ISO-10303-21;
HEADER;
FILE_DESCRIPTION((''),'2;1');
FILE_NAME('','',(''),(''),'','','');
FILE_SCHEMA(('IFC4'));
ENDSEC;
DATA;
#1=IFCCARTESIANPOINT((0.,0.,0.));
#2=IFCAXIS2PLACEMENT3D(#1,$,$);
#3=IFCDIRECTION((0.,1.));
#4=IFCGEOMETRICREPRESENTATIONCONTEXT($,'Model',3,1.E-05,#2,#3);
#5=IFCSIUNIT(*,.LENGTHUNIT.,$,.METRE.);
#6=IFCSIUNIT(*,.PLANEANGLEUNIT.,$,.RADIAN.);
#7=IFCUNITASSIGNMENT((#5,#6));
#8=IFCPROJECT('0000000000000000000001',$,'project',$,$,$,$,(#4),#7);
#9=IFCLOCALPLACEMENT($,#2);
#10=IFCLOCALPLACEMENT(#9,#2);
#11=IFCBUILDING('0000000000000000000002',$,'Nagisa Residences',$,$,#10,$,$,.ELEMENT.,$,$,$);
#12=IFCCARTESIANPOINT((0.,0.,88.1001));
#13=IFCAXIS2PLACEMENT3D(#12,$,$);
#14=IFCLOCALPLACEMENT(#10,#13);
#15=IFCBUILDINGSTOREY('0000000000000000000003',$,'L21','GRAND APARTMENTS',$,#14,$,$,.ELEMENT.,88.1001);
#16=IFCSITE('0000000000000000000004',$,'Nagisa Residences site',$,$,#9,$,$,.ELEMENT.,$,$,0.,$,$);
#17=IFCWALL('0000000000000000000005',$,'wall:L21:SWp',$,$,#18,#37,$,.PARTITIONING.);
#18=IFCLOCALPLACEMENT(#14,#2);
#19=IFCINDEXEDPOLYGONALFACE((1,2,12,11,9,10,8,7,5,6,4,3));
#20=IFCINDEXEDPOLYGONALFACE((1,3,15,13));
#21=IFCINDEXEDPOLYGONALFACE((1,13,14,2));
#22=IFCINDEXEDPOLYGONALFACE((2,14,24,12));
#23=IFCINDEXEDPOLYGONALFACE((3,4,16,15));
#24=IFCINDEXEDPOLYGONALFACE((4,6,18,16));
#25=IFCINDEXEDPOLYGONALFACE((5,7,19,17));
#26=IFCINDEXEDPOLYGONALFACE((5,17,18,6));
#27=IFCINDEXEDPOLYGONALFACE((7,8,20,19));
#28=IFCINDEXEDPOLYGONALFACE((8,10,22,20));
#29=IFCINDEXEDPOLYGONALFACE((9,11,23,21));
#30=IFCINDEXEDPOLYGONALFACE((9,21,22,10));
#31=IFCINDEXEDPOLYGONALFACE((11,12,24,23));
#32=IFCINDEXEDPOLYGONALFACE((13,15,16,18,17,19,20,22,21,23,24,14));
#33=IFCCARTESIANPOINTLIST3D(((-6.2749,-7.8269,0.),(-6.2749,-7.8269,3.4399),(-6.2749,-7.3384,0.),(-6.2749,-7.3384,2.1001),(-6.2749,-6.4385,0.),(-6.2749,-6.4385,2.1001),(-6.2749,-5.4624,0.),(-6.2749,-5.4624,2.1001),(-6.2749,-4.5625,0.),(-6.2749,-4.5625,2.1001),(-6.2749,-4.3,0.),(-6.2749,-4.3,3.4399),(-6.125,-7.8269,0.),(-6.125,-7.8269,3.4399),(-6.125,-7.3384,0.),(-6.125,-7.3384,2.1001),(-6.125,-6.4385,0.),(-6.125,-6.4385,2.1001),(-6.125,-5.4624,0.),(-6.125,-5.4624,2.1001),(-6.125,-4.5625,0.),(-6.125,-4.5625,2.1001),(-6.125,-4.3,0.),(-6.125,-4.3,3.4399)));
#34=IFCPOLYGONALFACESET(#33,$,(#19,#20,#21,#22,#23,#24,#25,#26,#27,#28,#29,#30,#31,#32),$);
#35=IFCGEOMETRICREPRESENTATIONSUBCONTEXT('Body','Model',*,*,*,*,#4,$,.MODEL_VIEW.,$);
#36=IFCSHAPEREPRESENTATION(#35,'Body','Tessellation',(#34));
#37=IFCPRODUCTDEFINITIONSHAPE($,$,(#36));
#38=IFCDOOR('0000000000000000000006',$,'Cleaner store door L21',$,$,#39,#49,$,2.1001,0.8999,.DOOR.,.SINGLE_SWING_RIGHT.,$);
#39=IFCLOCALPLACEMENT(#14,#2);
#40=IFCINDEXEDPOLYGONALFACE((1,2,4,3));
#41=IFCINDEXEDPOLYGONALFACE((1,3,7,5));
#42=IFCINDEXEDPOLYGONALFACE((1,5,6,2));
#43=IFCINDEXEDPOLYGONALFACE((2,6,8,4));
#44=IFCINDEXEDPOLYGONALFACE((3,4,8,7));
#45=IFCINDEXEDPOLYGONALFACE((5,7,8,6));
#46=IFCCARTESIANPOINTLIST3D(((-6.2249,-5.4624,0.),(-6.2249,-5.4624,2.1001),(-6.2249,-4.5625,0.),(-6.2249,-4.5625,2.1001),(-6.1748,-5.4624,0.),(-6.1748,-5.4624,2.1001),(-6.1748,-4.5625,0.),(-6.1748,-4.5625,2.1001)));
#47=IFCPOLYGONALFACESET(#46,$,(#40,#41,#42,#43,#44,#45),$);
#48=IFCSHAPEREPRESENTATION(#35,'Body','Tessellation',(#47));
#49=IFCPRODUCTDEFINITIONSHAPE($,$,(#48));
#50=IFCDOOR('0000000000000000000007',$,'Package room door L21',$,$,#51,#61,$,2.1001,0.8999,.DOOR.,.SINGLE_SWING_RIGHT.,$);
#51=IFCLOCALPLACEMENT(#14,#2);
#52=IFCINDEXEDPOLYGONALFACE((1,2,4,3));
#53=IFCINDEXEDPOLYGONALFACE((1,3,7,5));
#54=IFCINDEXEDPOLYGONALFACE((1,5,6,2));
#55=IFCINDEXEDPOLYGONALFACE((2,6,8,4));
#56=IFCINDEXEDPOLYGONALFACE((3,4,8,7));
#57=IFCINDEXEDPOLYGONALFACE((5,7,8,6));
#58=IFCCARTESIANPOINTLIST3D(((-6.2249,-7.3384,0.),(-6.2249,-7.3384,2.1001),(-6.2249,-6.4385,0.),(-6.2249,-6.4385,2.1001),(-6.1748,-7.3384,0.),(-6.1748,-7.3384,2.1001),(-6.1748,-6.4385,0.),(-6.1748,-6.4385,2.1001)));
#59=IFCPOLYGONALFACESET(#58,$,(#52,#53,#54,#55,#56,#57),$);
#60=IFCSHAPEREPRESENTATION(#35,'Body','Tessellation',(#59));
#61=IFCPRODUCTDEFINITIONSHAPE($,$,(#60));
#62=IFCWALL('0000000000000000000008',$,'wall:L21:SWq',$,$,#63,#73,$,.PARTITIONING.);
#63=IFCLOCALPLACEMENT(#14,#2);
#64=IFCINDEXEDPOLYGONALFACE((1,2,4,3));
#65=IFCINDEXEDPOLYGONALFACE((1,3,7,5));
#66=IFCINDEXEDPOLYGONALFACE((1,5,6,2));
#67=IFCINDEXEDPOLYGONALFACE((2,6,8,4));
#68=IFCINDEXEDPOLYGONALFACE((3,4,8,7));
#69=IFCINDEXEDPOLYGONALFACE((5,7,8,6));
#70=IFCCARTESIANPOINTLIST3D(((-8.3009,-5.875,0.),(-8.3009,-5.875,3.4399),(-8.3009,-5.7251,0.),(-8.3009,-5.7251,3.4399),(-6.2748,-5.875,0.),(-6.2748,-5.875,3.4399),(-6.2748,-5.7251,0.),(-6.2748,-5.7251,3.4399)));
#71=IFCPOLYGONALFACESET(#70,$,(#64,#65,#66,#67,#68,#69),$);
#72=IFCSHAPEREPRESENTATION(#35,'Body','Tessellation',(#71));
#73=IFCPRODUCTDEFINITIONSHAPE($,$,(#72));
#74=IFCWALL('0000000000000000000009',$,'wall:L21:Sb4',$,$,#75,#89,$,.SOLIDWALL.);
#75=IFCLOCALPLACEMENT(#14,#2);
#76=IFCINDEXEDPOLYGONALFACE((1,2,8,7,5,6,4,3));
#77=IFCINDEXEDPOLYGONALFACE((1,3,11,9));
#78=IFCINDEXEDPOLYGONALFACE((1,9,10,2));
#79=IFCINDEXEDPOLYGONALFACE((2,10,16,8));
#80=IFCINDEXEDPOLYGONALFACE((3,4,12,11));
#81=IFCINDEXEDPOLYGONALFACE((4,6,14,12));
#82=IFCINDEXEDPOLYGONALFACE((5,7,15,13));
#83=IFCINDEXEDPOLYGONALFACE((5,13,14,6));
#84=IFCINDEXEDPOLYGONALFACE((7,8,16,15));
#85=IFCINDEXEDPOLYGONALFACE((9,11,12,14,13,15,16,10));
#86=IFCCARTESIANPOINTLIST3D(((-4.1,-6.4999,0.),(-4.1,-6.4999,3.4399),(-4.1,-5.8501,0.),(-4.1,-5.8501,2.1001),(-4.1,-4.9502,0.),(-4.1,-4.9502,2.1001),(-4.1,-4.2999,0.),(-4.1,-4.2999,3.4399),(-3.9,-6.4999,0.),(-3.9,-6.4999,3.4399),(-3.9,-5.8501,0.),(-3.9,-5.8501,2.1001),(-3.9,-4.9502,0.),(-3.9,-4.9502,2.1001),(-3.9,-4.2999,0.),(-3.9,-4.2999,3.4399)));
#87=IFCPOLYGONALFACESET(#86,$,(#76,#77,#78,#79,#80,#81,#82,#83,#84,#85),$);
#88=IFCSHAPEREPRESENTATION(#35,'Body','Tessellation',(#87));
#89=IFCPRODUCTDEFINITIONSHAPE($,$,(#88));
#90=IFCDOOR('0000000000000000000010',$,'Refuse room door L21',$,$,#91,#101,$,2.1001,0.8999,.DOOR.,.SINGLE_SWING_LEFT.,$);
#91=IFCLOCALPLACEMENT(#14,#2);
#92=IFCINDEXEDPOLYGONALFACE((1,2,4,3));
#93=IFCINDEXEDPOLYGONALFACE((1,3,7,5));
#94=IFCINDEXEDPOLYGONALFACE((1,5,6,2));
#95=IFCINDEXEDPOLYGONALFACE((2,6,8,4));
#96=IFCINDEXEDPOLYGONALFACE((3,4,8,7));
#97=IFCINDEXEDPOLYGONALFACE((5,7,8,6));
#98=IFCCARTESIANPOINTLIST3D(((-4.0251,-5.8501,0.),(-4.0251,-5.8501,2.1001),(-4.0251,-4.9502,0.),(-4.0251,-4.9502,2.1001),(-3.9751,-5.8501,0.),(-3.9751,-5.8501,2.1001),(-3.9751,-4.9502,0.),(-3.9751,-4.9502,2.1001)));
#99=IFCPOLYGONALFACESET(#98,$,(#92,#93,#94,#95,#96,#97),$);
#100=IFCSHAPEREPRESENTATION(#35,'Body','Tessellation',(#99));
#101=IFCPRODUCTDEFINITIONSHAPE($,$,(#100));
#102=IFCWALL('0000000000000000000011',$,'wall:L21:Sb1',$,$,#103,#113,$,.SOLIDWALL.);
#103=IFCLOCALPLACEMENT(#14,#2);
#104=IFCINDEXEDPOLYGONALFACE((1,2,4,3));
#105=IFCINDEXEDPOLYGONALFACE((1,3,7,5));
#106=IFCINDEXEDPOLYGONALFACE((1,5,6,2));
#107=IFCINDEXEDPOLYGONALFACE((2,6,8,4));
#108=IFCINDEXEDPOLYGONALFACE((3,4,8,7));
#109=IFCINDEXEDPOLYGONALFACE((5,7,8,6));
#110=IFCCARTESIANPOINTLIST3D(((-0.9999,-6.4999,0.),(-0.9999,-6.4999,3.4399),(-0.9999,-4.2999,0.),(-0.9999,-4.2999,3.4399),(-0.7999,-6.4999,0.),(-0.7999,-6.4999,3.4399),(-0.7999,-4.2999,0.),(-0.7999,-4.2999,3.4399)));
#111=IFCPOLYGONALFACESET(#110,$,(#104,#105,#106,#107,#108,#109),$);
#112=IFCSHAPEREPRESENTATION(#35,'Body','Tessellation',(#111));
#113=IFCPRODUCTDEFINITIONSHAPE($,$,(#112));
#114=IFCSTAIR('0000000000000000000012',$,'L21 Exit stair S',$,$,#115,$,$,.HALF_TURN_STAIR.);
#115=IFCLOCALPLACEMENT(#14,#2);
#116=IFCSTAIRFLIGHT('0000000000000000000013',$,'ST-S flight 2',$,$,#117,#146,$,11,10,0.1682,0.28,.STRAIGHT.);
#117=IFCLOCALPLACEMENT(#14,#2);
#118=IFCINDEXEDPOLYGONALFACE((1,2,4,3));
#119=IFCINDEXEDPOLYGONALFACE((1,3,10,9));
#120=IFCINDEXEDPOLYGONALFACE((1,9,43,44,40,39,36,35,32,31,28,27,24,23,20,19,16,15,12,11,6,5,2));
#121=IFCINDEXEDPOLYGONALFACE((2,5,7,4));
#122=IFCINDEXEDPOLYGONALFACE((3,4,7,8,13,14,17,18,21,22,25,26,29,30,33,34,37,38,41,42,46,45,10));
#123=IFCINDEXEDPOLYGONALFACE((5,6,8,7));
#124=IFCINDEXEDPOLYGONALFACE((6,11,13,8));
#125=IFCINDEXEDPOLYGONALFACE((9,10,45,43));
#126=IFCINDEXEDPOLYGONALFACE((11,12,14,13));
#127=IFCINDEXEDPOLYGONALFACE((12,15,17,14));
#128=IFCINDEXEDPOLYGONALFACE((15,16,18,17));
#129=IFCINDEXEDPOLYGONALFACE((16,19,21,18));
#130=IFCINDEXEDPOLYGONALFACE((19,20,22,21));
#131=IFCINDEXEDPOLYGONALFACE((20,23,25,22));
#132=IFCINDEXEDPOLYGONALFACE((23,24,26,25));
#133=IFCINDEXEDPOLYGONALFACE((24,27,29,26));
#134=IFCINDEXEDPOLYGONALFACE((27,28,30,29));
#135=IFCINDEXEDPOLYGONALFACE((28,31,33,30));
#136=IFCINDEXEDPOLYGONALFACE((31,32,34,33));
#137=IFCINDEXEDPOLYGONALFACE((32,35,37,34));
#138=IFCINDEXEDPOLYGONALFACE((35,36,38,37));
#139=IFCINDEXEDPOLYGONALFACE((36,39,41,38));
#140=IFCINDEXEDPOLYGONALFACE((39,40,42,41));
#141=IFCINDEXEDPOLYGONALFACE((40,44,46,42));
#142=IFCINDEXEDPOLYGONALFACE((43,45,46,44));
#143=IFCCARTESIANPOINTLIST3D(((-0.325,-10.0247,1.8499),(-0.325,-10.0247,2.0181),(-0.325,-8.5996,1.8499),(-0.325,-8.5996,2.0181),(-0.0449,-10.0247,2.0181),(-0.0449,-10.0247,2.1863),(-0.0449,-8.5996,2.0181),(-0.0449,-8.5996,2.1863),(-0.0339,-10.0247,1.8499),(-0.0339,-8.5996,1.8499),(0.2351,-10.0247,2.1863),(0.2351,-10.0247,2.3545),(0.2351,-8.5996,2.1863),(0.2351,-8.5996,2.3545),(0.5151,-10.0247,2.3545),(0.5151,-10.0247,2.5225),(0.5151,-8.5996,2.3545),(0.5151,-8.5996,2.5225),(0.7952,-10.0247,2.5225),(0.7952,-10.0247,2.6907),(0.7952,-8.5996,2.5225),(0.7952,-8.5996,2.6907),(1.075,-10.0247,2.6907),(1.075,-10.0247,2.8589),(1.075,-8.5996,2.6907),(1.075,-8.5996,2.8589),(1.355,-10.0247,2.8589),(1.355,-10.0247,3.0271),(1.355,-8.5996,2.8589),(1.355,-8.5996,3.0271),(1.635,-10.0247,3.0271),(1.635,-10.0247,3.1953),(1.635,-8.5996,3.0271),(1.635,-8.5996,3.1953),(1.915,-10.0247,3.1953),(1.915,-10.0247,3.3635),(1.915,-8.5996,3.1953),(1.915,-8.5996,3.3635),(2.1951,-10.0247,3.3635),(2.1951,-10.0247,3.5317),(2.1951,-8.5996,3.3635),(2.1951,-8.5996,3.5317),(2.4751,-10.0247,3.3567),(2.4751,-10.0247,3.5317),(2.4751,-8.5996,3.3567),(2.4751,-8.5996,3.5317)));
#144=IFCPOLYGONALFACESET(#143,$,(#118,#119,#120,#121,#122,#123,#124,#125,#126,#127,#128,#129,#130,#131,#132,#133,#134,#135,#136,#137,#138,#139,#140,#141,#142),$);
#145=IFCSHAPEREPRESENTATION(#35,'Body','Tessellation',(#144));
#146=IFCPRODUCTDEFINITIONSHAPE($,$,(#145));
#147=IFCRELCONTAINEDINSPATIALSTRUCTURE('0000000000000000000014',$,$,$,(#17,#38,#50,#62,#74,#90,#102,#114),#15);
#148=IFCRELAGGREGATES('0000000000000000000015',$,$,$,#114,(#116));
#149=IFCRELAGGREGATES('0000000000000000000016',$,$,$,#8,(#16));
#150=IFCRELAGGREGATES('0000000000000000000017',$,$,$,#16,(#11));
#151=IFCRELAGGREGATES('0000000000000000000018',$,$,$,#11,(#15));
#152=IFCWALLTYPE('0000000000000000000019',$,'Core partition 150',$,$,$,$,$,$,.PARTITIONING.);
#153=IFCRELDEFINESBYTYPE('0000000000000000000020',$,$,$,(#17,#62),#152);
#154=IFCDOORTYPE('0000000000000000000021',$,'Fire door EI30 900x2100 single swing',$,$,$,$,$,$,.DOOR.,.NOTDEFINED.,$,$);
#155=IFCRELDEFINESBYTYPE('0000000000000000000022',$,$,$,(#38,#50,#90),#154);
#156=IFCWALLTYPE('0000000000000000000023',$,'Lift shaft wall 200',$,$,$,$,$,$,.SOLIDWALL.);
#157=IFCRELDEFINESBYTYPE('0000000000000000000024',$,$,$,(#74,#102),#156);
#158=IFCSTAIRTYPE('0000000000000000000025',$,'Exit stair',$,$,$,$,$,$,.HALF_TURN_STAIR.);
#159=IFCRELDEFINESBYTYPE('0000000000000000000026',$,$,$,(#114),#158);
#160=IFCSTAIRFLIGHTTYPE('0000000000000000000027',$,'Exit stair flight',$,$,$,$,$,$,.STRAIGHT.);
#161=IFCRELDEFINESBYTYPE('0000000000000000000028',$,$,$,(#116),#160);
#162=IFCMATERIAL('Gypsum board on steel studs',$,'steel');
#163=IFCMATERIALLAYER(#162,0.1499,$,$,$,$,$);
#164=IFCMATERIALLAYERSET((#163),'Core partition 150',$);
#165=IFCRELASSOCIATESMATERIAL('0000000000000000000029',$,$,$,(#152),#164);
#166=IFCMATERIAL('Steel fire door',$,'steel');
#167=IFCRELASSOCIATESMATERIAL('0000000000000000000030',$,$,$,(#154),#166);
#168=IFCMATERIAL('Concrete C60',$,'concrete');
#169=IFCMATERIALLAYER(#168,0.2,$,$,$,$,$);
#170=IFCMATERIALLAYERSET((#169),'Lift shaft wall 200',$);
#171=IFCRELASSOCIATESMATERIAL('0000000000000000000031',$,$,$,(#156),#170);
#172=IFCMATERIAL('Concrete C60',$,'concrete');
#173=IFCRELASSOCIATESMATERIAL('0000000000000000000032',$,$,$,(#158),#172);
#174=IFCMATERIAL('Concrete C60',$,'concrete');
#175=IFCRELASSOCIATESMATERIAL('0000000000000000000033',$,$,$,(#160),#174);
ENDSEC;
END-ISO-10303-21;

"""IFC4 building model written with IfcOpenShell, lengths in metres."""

from ifc_helpers import new_model, si_unit, direction, frame, frame_2d, origin, place, context, subcontext, project, spatial, polyline, rectangle, outline, extrude, material, layer, layer_set, type_object, element, fill, aggregate, save


model = new_model("IFC4")

# Units and contexts
model_context = context("Model", 3, precision=1e-05, world=origin(), true_north=direction((0.0, 1.0)))
body_context = subcontext(model_context, "Body", "Model", "MODEL_VIEW")
ifc_project = project(units=[si_unit("LENGTHUNIT", "METRE"), si_unit("PLANEANGLEUNIT", "RADIAN")], contexts=[model_context])

# Site, building, storey
site_placement = place(None, origin())
site = spatial("IfcSite", under=ifc_project, at=site_placement, Name="Nagisa Residences site", CompositionType="ELEMENT", RefElevation=0.0)
building_placement = place(site_placement, origin())
building = spatial("IfcBuilding", under=site, at=building_placement, Name="Nagisa Residences", CompositionType="ELEMENT")
storey_placement = place(building_placement, frame((0.0, 0.0, 88.1001)))
storey = spatial("IfcBuildingStorey", under=building, at=storey_placement, Name="L21", Description="GRAND APARTMENTS", CompositionType="ELEMENT", Elevation=88.1001)

# Wall, openings, doors
ifc_material_1 = material(Name="Gypsum board on steel studs", Category="steel")
ifc_layer_1 = layer(ifc_material_1, 0.1499)
ifc_layer_set_1 = layer_set([ifc_layer_1], Name="Core partition 150")
wall_type_1 = type_object("IfcWallType", Name="Core partition 150", PredefinedType="PARTITIONING", material=ifc_layer_set_1)
wall_1_placement = place(storey_placement, frame((-6.2, -7.8269, 0.0), z_axis=(0.0, 0.0, 1.0), x_axis=(0.0, 1.0, 0.0)))
wall_1 = element("IfcWall", 1, at=wall_1_placement, inside=storey, type_object=wall_type_1, Name="wall:L21:SWp", PredefinedType="PARTITIONING", context=body_context, shape_type="SweptSolid", body=[
    extrude(rectangle(XDim=3.5269, YDim=0.1499, at=frame_2d((1.7634, 0.0))), origin(), (0.0, 0.0, 1.0), 3.4399),
])
opening_1_placement = place(wall_1_placement, frame((2.3645, 0.0, 0.0)))
opening_1 = element("IfcOpeningElement", 2, at=opening_1_placement, cuts=wall_1, PredefinedType="OPENING", context=body_context, shape_type="SweptSolid", body=[
    extrude(rectangle(XDim=0.8999, YDim=2.1001, at=frame_2d((0.45, 1.05))), frame((0.0, 0.085, 0.0), z_axis=(0.0, -1.0, 0.0), x_axis=(1.0, 0.0, 0.0)), (0.0, 0.0, 1.0), 0.1699),
])
opening_2_placement = place(wall_1_placement, frame((0.4885, 0.0, 0.0)))
opening_2 = element("IfcOpeningElement", 3, at=opening_2_placement, cuts=wall_1, PredefinedType="OPENING", context=body_context, shape_type="SweptSolid", body=[
    extrude(rectangle(XDim=0.8999, YDim=2.1001, at=frame_2d((0.45, 1.05))), frame((0.0, 0.085, 0.0), z_axis=(0.0, -1.0, 0.0), x_axis=(1.0, 0.0, 0.0)), (0.0, 0.0, 1.0), 0.1699),
])
ifc_material_2 = material(Name="Steel fire door", Category="steel")
door_type_1 = type_object("IfcDoorType", Name="Fire door EI30 900x2100 single swing", OperationType="NOTDEFINED", PredefinedType="DOOR", material=ifc_material_2)
door_1_placement = place(opening_1_placement, origin())
door_1 = element("IfcDoor", 4, at=door_1_placement, inside=storey, type_object=door_type_1, Name="Cleaner store door L21", OperationType="SINGLE_SWING_RIGHT", OverallHeight=2.1001, OverallWidth=0.8999, PredefinedType="DOOR", context=body_context, shape_type="SweptSolid", body=[
    extrude(rectangle(XDim=0.8999, YDim=2.1001, at=frame_2d((0.45, 1.05))), frame((0.0, 0.0249, 0.0), z_axis=(0.0, -1.0, 0.0), x_axis=(1.0, 0.0, 0.0)), (0.0, 0.0, 1.0), 0.05),
])
fill(opening_1, door_1)
door_2_placement = place(opening_2_placement, origin())
door_2 = element("IfcDoor", 5, at=door_2_placement, inside=storey, type_object=door_type_1, Name="Package room door L21", OperationType="SINGLE_SWING_RIGHT", OverallHeight=2.1001, OverallWidth=0.8999, PredefinedType="DOOR", context=body_context, shape_type="SweptSolid", body=[
    extrude(rectangle(XDim=0.8999, YDim=2.1001, at=frame_2d((0.45, 1.05))), frame((0.0, 0.0249, 0.0), z_axis=(0.0, -1.0, 0.0), x_axis=(1.0, 0.0, 0.0)), (0.0, 0.0, 1.0), 0.05),
])
fill(opening_2, door_2)

# Wall
wall_2_placement = place(storey_placement, frame((-8.301, -5.8, 0.0), z_axis=(0.0, 0.0, 1.0), x_axis=(1.0, 0.0, 0.0)))
element("IfcWall", 6, at=wall_2_placement, inside=storey, type_object=wall_type_1, Name="wall:L21:SWq", PredefinedType="PARTITIONING", context=body_context, shape_type="SweptSolid", body=[
    extrude(rectangle(XDim=2.0261, YDim=0.1499, at=frame_2d((1.0132, 0.0))), origin(), (0.0, 0.0, 1.0), 3.4399),
])

# Wall, opening, door
ifc_material_3 = material(Name="Concrete C60", Category="concrete")
ifc_layer_2 = layer(ifc_material_3, 0.2)
ifc_layer_set_2 = layer_set([ifc_layer_2], Name="Lift shaft wall 200")
wall_type_2 = type_object("IfcWallType", Name="Lift shaft wall 200", PredefinedType="SOLIDWALL", material=ifc_layer_set_2)
wall_3_placement = place(storey_placement, frame((-4.0, -6.5, 0.0), z_axis=(0.0, 0.0, 1.0), x_axis=(0.0, 1.0, 0.0)))
wall_3 = element("IfcWall", 7, at=wall_3_placement, inside=storey, type_object=wall_type_2, Name="wall:L21:Sb4", PredefinedType="SOLIDWALL", context=body_context, shape_type="SweptSolid", body=[
    extrude(rectangle(XDim=2.2, YDim=0.2, at=frame_2d((1.1001, 0.0))), origin(), (0.0, 0.0, 1.0), 3.4399),
])
opening_3_placement = place(wall_3_placement, frame((0.6499, 0.0, 0.0)))
opening_3 = element("IfcOpeningElement", 8, at=opening_3_placement, cuts=wall_3, PredefinedType="OPENING", context=body_context, shape_type="SweptSolid", body=[
    extrude(rectangle(XDim=0.8999, YDim=2.1001, at=frame_2d((0.45, 1.05))), frame((0.0, 0.1099, 0.0), z_axis=(0.0, -1.0, 0.0), x_axis=(1.0, 0.0, 0.0)), (0.0, 0.0, 1.0), 0.22),
])
door_3_placement = place(opening_3_placement, frame((0.8999, 0.0, 0.0), x_axis=(-1.0, 0.0, 0.0)))
door_3 = element("IfcDoor", 9, at=door_3_placement, inside=storey, type_object=door_type_1, Name="Refuse room door L21", OperationType="SINGLE_SWING_LEFT", OverallHeight=2.1001, OverallWidth=0.8999, PredefinedType="DOOR", context=body_context, shape_type="SweptSolid", body=[
    extrude(rectangle(XDim=0.8999, YDim=2.1001, at=frame_2d((0.45, 1.05))), frame((0.0, 0.0249, 0.0), z_axis=(0.0, -1.0, 0.0), x_axis=(1.0, 0.0, 0.0)), (0.0, 0.0, 1.0), 0.05),
])
fill(opening_3, door_3)

# Wall
wall_4_placement = place(storey_placement, frame((-0.8999, -6.5, 0.0), z_axis=(0.0, 0.0, 1.0), x_axis=(0.0, 1.0, 0.0)))
element("IfcWall", 10, at=wall_4_placement, inside=storey, type_object=wall_type_2, Name="wall:L21:Sb1", PredefinedType="SOLIDWALL", context=body_context, shape_type="SweptSolid", body=[
    extrude(rectangle(XDim=2.2, YDim=0.2, at=frame_2d((1.1001, 0.0))), origin(), (0.0, 0.0, 1.0), 3.4399),
])

# Stair, stair flight
ifc_material_4 = material(Name="Concrete C60", Category="concrete")
stair_type = type_object("IfcStairType", Name="Exit stair", PredefinedType="HALF_TURN_STAIR", material=ifc_material_4)
stair_placement = place(storey_placement, origin())
stair = element("IfcStair", 11, at=stair_placement, inside=storey, type_object=stair_type, Name="L21 Exit stair S", PredefinedType="HALF_TURN_STAIR")
ifc_material_5 = material(Name="Concrete C60", Category="concrete")
stair_flight_type = type_object("IfcStairFlightType", Name="Exit stair flight", PredefinedType="STRAIGHT", material=ifc_material_5)
stair_flight_placement = place(storey_placement, frame((-0.325, -9.312, 1.8499), z_axis=(0.0, 0.0, 1.0), x_axis=(1.0, 0.0, 0.0)))
stair_flight = element("IfcStairFlight", 12, at=stair_flight_placement, type_object=stair_flight_type, Name="ST-S flight 2", NumberOfRisers=11, NumberOfTreads=10, PredefinedType="STRAIGHT", RiserHeight=0.1682, TreadLength=0.28, context=body_context, shape_type="SweptSolid", body=[
    extrude(outline(polyline([(0.0, 0.0), (0.0, 0.1682), (0.28, 0.1682), (0.28, 0.3364), (0.5601, 0.3364), (0.5601, 0.5046), (0.8401, 0.5046), (0.8401, 0.6726), (1.1201, 0.6726), (1.1201, 0.8408), (1.3999, 0.8408), (1.3999, 1.009), (1.6799, 1.009), (1.6799, 1.1772), (1.96, 1.1772), (1.96, 1.3455), (2.24, 1.3455), (2.24, 1.5137), (2.52, 1.5137), (2.52, 1.6819), (2.8, 1.6819), (2.8, 1.8501), (2.8, 1.5068), (0.291, 0.0), (0.0, 0.0)])), frame((0.0, 0.7124, 0.0), z_axis=(0.0, -1.0, 0.0), x_axis=(1.0, 0.0, 0.0)), (0.0, 0.0, 1.0), 1.425),
])
aggregate(stair, [stair_flight])

save(model, "model.ifc")
